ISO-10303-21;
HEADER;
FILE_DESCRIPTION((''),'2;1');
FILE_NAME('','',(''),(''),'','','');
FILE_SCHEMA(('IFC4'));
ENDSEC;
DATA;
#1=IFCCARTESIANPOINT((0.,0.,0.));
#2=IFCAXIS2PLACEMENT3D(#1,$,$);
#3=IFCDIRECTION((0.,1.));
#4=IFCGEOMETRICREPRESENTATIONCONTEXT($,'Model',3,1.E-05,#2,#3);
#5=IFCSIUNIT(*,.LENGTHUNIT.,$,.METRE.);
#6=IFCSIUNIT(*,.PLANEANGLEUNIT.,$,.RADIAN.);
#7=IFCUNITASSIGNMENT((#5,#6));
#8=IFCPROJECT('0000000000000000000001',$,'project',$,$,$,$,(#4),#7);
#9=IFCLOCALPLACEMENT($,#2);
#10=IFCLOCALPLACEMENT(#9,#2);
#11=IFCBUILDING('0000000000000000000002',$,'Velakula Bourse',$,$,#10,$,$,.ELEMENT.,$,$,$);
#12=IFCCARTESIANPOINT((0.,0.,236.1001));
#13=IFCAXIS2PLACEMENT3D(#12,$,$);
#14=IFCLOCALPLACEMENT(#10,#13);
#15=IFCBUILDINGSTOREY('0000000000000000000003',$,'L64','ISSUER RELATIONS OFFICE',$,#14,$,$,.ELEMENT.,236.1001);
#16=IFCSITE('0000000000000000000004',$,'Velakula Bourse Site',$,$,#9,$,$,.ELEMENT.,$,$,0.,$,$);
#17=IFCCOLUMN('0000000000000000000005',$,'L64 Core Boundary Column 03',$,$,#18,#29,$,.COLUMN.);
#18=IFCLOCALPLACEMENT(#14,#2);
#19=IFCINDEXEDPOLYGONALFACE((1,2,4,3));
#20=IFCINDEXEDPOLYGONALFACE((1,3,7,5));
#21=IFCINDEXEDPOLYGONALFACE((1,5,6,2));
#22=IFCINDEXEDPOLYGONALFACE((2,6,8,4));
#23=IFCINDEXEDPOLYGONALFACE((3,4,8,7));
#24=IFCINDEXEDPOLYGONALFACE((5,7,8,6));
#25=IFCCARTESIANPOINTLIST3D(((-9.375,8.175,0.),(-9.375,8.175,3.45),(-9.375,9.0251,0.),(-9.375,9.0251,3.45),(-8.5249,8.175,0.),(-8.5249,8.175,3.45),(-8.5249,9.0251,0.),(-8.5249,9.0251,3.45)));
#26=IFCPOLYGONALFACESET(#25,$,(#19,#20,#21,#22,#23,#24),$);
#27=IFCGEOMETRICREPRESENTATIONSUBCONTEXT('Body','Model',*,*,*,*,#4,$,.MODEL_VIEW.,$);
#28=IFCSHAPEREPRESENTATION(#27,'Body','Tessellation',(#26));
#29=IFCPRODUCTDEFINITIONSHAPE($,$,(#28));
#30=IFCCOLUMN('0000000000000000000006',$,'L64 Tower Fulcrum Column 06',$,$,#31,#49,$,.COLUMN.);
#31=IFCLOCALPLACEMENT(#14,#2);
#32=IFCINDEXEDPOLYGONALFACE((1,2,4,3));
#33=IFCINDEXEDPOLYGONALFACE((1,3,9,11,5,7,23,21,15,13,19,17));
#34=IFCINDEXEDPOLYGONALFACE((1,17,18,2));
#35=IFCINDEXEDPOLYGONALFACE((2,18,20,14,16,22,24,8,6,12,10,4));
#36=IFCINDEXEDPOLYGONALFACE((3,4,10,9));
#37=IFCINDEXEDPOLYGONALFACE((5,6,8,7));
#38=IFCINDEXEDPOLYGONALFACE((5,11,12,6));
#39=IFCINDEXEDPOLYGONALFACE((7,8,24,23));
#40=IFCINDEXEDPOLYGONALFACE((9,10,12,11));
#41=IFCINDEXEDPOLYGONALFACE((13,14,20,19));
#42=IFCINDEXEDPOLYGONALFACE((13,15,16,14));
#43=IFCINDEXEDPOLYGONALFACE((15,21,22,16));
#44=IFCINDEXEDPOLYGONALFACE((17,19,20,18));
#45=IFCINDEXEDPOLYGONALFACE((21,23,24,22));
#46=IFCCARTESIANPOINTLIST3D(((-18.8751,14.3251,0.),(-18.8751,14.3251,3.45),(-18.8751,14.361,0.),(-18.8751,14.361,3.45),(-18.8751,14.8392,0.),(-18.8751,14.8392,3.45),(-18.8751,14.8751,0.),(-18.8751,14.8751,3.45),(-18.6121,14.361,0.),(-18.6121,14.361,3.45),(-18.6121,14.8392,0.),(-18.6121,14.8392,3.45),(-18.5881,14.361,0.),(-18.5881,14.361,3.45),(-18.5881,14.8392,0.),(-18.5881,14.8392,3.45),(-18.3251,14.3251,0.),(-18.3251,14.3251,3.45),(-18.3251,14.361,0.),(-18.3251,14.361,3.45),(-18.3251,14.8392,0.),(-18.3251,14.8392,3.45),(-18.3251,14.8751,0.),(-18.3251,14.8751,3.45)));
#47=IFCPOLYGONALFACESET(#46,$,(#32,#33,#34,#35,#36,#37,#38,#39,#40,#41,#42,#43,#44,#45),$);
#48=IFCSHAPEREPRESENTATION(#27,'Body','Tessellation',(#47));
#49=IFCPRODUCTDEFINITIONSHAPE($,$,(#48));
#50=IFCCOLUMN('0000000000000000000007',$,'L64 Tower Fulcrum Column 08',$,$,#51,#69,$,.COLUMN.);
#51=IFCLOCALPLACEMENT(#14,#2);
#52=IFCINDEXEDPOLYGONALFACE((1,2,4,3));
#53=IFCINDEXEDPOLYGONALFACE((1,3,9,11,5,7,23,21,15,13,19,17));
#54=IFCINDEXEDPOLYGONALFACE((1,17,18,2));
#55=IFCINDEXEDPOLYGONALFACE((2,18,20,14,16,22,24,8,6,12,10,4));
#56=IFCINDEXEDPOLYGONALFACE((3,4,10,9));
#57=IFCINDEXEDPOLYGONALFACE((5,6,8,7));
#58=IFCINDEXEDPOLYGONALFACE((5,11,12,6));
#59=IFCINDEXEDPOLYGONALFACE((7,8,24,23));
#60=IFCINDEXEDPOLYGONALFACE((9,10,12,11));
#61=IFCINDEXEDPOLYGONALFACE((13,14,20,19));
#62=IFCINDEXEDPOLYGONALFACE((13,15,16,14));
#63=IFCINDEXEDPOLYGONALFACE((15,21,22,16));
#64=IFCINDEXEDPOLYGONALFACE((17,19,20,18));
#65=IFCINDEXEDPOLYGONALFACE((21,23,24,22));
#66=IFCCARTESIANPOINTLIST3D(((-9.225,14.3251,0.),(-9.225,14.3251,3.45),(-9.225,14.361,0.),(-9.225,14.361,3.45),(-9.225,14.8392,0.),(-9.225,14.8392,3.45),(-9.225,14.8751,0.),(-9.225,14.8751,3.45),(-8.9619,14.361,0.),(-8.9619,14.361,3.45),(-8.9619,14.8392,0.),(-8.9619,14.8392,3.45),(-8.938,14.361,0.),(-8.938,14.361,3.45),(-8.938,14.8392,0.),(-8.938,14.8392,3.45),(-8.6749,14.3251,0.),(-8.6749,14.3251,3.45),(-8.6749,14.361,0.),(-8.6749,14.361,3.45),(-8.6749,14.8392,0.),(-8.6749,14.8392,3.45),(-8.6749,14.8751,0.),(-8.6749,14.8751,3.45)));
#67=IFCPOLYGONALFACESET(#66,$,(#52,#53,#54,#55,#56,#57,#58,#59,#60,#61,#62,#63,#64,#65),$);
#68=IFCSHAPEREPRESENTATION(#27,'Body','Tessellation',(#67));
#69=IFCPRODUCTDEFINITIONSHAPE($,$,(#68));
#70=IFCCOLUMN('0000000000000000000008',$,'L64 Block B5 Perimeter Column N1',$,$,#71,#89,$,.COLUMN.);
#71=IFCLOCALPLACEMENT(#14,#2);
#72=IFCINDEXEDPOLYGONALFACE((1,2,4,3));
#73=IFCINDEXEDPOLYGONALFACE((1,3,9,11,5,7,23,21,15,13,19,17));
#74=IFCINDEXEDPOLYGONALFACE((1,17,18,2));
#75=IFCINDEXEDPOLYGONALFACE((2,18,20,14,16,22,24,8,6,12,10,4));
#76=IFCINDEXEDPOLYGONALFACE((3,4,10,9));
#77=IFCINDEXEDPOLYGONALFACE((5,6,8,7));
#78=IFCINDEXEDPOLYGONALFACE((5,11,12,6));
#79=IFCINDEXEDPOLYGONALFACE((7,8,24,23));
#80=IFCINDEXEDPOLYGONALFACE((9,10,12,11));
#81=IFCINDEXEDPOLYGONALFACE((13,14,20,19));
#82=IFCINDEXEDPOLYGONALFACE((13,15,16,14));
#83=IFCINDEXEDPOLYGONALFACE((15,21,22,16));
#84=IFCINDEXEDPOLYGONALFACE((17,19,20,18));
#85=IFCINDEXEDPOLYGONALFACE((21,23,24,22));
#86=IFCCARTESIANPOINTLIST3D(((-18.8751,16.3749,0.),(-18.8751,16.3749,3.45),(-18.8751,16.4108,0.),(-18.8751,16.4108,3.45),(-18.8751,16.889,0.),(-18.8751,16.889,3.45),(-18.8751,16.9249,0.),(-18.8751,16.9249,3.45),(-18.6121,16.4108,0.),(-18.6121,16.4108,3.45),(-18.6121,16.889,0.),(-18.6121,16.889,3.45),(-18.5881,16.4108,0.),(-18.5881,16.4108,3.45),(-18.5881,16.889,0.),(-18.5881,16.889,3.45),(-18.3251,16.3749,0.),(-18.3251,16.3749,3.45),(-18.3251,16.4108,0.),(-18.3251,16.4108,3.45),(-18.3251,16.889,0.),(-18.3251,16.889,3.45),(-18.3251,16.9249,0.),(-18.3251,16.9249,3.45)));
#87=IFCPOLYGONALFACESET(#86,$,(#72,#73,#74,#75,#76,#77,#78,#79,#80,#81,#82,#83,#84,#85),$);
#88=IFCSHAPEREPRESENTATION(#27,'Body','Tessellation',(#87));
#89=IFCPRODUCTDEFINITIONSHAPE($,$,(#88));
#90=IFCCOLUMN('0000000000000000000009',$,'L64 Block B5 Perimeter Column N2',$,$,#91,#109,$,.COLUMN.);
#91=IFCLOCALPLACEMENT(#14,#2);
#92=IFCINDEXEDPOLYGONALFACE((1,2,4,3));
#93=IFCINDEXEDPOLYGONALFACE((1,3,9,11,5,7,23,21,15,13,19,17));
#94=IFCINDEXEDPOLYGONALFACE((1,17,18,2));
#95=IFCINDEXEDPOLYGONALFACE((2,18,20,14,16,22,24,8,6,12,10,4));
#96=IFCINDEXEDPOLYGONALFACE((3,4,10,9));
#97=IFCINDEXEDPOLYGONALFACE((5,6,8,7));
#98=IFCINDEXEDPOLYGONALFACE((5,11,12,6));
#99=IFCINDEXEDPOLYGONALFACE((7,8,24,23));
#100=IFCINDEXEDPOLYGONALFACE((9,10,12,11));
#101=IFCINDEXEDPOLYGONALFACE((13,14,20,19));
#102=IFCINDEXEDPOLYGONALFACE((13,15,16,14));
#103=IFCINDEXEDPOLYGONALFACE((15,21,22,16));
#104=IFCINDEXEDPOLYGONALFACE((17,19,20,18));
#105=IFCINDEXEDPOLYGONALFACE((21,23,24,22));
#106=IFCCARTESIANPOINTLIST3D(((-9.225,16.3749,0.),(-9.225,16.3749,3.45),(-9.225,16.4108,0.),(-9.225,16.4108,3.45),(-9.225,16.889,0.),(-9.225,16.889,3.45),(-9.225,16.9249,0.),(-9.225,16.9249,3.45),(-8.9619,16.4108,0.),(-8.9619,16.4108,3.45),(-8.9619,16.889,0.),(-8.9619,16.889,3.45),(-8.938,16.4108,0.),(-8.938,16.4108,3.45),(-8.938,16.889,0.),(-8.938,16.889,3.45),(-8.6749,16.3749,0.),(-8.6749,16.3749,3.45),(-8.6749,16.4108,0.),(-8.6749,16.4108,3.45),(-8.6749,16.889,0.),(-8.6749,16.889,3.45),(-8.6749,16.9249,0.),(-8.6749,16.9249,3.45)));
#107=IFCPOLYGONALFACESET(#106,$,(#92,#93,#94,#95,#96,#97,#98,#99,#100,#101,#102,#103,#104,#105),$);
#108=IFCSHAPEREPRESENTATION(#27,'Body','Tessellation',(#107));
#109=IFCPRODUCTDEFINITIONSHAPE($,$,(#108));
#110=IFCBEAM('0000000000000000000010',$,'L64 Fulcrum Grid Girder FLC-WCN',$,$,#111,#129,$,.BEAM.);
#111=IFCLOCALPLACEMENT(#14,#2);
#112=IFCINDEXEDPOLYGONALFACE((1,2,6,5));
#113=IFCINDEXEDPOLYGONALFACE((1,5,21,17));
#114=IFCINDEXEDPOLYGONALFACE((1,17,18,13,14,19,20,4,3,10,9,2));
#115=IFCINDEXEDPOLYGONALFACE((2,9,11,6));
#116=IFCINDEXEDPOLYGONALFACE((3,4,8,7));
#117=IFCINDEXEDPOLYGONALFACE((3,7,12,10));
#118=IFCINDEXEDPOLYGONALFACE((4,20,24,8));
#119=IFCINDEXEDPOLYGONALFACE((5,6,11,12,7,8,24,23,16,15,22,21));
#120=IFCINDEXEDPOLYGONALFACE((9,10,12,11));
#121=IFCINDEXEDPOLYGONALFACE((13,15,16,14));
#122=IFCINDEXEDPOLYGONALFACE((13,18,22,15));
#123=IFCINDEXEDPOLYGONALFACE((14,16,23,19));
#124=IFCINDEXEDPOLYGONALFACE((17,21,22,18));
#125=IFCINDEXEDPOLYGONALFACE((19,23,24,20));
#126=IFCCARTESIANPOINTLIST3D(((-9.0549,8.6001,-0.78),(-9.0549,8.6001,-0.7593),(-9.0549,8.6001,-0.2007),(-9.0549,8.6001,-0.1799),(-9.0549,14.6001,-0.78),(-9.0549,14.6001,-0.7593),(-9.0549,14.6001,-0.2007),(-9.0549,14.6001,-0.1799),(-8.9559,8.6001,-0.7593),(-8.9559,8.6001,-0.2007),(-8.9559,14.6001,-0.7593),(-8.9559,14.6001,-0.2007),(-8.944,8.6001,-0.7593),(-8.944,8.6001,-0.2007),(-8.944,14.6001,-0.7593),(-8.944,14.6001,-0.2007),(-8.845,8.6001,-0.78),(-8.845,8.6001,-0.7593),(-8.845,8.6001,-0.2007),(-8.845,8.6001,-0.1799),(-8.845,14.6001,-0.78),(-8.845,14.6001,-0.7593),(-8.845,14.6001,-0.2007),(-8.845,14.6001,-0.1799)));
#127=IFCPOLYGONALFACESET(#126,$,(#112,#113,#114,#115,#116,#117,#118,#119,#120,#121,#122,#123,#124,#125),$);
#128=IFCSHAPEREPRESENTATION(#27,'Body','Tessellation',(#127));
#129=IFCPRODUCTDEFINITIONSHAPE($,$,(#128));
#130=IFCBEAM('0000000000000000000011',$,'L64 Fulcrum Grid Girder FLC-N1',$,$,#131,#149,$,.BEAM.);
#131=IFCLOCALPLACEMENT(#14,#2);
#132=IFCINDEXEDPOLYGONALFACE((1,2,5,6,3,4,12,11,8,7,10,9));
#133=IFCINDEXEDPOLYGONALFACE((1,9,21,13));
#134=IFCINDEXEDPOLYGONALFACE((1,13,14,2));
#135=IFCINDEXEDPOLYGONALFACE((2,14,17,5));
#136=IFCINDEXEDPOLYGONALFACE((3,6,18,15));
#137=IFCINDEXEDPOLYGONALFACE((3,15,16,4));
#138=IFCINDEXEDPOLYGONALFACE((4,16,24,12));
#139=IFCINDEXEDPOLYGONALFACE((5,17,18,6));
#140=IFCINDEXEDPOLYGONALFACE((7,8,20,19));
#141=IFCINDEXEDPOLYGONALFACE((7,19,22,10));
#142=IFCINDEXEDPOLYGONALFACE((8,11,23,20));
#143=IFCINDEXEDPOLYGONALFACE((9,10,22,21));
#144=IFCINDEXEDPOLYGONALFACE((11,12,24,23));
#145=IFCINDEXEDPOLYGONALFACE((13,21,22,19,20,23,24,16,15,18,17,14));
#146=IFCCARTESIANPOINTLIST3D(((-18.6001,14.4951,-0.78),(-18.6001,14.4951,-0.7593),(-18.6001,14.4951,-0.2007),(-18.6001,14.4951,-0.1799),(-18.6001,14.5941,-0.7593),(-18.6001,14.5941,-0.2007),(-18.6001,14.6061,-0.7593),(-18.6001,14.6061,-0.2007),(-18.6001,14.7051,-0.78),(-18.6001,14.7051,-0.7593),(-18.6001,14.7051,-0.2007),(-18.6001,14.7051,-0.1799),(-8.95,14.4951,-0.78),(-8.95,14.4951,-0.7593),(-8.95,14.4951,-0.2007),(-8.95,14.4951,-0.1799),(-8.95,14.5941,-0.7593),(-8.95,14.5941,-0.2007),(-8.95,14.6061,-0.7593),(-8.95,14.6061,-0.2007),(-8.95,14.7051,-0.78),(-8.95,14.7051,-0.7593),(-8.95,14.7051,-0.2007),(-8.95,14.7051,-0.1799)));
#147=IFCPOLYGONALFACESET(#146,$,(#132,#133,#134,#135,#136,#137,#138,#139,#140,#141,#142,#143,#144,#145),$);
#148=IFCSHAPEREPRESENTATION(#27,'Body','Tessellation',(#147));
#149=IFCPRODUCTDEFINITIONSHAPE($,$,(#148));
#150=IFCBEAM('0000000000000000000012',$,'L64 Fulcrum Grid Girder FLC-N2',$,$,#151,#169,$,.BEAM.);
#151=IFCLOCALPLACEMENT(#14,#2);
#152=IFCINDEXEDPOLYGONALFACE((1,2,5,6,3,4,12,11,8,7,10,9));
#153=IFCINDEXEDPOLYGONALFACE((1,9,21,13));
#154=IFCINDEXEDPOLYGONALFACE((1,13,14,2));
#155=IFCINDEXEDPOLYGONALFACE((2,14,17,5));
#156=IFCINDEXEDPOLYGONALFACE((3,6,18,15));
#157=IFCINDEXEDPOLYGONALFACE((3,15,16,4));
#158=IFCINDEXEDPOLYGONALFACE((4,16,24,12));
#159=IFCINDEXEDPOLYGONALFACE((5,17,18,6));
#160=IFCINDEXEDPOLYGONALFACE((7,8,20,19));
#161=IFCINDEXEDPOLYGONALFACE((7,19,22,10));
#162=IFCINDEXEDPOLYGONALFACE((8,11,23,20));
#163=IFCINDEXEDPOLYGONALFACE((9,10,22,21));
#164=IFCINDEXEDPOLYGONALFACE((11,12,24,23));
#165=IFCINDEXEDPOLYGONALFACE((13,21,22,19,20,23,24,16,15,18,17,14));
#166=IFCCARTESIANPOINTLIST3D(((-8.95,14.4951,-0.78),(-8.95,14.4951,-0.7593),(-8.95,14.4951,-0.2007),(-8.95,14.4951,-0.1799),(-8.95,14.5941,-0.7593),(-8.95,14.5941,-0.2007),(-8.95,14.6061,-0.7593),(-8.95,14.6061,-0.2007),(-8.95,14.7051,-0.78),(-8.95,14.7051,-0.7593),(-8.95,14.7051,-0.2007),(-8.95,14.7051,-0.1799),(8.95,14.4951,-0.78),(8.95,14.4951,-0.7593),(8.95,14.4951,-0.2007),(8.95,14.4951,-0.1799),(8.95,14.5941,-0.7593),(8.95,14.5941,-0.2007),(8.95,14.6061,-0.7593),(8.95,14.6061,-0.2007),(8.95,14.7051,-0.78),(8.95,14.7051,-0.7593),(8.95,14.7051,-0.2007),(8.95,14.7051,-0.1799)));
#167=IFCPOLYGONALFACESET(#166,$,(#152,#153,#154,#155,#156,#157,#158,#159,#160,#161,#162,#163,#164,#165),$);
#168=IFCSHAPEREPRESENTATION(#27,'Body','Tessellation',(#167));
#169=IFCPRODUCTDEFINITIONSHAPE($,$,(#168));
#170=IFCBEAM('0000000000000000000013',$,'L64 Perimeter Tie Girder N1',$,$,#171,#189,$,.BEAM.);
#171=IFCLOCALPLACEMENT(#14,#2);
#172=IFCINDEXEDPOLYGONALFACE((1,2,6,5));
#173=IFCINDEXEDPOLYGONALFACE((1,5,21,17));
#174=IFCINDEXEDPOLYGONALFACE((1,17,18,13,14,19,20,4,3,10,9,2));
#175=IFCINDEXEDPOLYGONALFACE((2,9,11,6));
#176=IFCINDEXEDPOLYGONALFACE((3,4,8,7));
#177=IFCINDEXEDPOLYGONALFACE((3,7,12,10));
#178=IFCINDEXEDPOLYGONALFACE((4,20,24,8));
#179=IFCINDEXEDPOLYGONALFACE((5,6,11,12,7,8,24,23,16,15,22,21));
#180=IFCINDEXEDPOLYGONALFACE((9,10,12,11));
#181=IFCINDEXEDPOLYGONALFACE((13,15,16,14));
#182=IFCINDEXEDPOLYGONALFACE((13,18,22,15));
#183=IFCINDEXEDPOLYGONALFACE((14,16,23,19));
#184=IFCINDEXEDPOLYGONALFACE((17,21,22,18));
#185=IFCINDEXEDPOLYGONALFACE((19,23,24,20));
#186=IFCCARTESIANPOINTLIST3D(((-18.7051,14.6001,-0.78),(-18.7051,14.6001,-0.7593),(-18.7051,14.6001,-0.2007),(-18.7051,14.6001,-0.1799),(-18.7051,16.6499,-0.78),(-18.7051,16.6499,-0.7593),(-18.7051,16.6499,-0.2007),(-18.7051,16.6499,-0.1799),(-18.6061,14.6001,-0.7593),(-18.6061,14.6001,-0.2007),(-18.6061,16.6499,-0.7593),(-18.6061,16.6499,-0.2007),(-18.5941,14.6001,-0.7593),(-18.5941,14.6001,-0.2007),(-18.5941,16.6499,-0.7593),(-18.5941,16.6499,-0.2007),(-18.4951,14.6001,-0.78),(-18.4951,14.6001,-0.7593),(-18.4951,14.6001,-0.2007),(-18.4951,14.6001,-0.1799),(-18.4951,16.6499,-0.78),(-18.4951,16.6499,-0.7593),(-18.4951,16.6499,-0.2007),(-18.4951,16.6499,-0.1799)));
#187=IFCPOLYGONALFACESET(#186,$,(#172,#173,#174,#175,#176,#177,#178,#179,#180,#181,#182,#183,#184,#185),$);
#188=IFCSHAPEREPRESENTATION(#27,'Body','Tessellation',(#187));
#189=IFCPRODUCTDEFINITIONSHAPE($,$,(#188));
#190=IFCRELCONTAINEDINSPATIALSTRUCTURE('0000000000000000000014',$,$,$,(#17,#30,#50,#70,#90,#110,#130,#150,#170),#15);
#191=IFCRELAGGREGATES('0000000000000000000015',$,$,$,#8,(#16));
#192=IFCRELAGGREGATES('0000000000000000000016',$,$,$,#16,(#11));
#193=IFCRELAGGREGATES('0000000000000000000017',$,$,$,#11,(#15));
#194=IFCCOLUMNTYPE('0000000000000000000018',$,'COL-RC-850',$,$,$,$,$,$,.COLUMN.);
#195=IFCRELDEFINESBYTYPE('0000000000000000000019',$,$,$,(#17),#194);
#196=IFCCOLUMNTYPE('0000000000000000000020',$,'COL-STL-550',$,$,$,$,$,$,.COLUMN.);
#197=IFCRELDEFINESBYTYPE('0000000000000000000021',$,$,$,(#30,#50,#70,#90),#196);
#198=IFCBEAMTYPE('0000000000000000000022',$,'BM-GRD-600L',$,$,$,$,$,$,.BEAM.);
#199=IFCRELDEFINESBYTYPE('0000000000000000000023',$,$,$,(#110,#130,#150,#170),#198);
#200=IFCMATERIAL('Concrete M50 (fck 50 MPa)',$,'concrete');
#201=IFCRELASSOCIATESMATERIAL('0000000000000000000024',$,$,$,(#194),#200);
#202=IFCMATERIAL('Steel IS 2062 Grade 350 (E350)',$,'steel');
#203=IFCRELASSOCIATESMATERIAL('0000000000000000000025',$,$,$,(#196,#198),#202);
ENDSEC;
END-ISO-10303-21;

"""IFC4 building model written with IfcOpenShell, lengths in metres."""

from ifc_helpers import new_model, si_unit, direction, frame, origin, origin_2d, place, context, subcontext, project, spatial, rectangle, i_section, extrude, material, material_profile, profile_set, type_object, element, save


model = new_model("IFC4")

# Units and contexts
model_context = context("Model", 3, precision=1e-05, world=origin(), true_north=direction((0.0, 1.0)))
body_context = subcontext(model_context, "Body", "Model", "MODEL_VIEW")
ifc_project = project(units=[si_unit("LENGTHUNIT", "METRE"), si_unit("PLANEANGLEUNIT", "RADIAN")], contexts=[model_context])

# Site, building, storey
site_placement = place(None, origin())
site = spatial("IfcSite", under=ifc_project, at=site_placement, Name="Velakula Bourse Site", CompositionType="ELEMENT", RefElevation=0.0)
building_placement = place(site_placement, origin())
building = spatial("IfcBuilding", under=site, at=building_placement, Name="Velakula Bourse", CompositionType="ELEMENT")
storey_placement = place(building_placement, frame((0.0, 0.0, 236.1001)))
storey = spatial("IfcBuildingStorey", under=building, at=storey_placement, Name="L64", Description="ISSUER RELATIONS OFFICE", CompositionType="ELEMENT", Elevation=236.1001)

# Columns
ifc_material_1 = material(Name="Concrete M50 (fck 50 MPa)", Category="concrete")
ifc_material_profile_1 = material_profile(ifc_material_1, rectangle(XDim=0.8501, YDim=0.8501, at=origin_2d()), Name="Concrete M50 (fck 50 MPa)")
ifc_profile_set_1 = profile_set([ifc_material_profile_1], Name="Concrete M50 (fck 50 MPa)")
column_type_1 = type_object("IfcColumnType", Name="COL-RC-850", PredefinedType="COLUMN", material=ifc_profile_set_1)
column_placement = place(storey_placement, frame((-8.95, 8.6001, 0.0), z_axis=(0.0, 0.0, 1.0), x_axis=(1.0, 0.0, 0.0)))
element("IfcColumn", 1, at=column_placement, inside=storey, type_object=column_type_1, Name="L64 Core Boundary Column 03", PredefinedType="COLUMN", context=body_context, shape_type="SweptSolid", body=[
    extrude(rectangle(XDim=0.8501, YDim=0.8501, at=origin_2d()), origin(), (0.0, 0.0, 1.0), 3.45),
])
ifc_material_2 = material(Name="Steel IS 2062 Grade 350 (E350)", Category="steel")
ifc_material_profile_2 = material_profile(ifc_material_2, i_section(OverallWidth=0.55, OverallDepth=0.55, WebThickness=0.0239, FlangeThickness=0.0359, at=origin_2d()), Name="Steel IS 2062 Grade 350 (E350)")
ifc_profile_set_2 = profile_set([ifc_material_profile_2], Name="Steel IS 2062 Grade 350 (E350)")
column_type_2 = type_object("IfcColumnType", Name="COL-STL-550", PredefinedType="COLUMN", material=ifc_profile_set_2)
for number, where, z_axis, x_axis, name in (
    (2, (-18.6001, 14.6001, 0.0), (0.0, 0.0, 1.0), (1.0, 0.0, 0.0), "L64 Tower Fulcrum Column 06"),
    (3, (-8.95, 14.6001, 0.0), (0.0, 0.0, 1.0), (1.0, 0.0, 0.0), "L64 Tower Fulcrum Column 08"),
    (4, (-18.6001, 16.6499, 0.0), (0.0, 0.0, 1.0), (1.0, 0.0, 0.0), "L64 Block B5 Perimeter Column N1"),
    (5, (-8.95, 16.6499, 0.0), (0.0, 0.0, 1.0), (1.0, 0.0, 0.0), "L64 Block B5 Perimeter Column N2"),
):
    element("IfcColumn", number, at=place(storey_placement, frame(where, z_axis=z_axis, x_axis=x_axis)), inside=storey, type_object=column_type_2, Name=name, PredefinedType="COLUMN", context=body_context, shape_type="SweptSolid", body=[
        extrude(i_section(OverallWidth=0.55, OverallDepth=0.55, WebThickness=0.0239, FlangeThickness=0.0359, at=origin_2d()), origin(), (0.0, 0.0, 1.0), 3.45),
    ])

# Beams
ifc_material_profile_3 = material_profile(ifc_material_2, i_section(OverallWidth=0.21, OverallDepth=0.6001, WebThickness=0.012, FlangeThickness=0.0208, at=origin_2d()), Name="Steel IS 2062 Grade 350 (E350)")
ifc_profile_set_3 = profile_set([ifc_material_profile_3], Name="Steel IS 2062 Grade 350 (E350)")
beam_type_1 = type_object("IfcBeamType", Name="BM-GRD-600L", PredefinedType="BEAM", material=ifc_profile_set_3)
beam_1_placement = place(storey_placement, frame((-8.95, 8.6001, -0.48), z_axis=(0.0, 1.0, 0.0), x_axis=(-1.0, 0.0, 0.0)))
element("IfcBeam", 6, at=beam_1_placement, inside=storey, type_object=beam_type_1, Name="L64 Fulcrum Grid Girder FLC-WCN", PredefinedType="BEAM", context=body_context, shape_type="SweptSolid", body=[
    extrude(i_section(OverallWidth=0.21, OverallDepth=0.6001, WebThickness=0.012, FlangeThickness=0.0208, at=origin_2d()), origin(), (0.0, 0.0, 1.0), 6.0),
])
beam_2_placement = place(storey_placement, frame((-18.6001, 14.6001, -0.48), z_axis=(1.0, 0.0, 0.0), x_axis=(0.0, 1.0, 0.0)))
element("IfcBeam", 7, at=beam_2_placement, inside=storey, type_object=beam_type_1, Name="L64 Fulcrum Grid Girder FLC-N1", PredefinedType="BEAM", context=body_context, shape_type="SweptSolid", body=[
    extrude(i_section(OverallWidth=0.21, OverallDepth=0.6001, WebThickness=0.012, FlangeThickness=0.0208, at=origin_2d()), origin(), (0.0, 0.0, 1.0), 9.6501),
])
beam_3_placement = place(storey_placement, frame((-8.95, 14.6001, -0.48), z_axis=(1.0, 0.0, 0.0), x_axis=(0.0, 1.0, 0.0)))
element("IfcBeam", 8, at=beam_3_placement, inside=storey, type_object=beam_type_1, Name="L64 Fulcrum Grid Girder FLC-N2", PredefinedType="BEAM", context=body_context, shape_type="SweptSolid", body=[
    extrude(i_section(OverallWidth=0.21, OverallDepth=0.6001, WebThickness=0.012, FlangeThickness=0.0208, at=origin_2d()), origin(), (0.0, 0.0, 1.0), 17.8999),
])
for number, where, z_axis, x_axis, name in (
    (9, (-18.6001, 14.6001, -0.48), (0.0, 1.0, 0.0), (-1.0, 0.0, 0.0), "L64 Perimeter Tie Girder N1"),
):
    element("IfcBeam", number, at=place(storey_placement, frame(where, z_axis=z_axis, x_axis=x_axis)), inside=storey, type_object=beam_type_1, Name=name, PredefinedType="BEAM", context=body_context, shape_type="SweptSolid", body=[
        extrude(i_section(OverallWidth=0.21, OverallDepth=0.6001, WebThickness=0.012, FlangeThickness=0.0208, at=origin_2d()), origin(), (0.0, 0.0, 1.0), 2.0498),
    ])

save(model, "model.ifc")
